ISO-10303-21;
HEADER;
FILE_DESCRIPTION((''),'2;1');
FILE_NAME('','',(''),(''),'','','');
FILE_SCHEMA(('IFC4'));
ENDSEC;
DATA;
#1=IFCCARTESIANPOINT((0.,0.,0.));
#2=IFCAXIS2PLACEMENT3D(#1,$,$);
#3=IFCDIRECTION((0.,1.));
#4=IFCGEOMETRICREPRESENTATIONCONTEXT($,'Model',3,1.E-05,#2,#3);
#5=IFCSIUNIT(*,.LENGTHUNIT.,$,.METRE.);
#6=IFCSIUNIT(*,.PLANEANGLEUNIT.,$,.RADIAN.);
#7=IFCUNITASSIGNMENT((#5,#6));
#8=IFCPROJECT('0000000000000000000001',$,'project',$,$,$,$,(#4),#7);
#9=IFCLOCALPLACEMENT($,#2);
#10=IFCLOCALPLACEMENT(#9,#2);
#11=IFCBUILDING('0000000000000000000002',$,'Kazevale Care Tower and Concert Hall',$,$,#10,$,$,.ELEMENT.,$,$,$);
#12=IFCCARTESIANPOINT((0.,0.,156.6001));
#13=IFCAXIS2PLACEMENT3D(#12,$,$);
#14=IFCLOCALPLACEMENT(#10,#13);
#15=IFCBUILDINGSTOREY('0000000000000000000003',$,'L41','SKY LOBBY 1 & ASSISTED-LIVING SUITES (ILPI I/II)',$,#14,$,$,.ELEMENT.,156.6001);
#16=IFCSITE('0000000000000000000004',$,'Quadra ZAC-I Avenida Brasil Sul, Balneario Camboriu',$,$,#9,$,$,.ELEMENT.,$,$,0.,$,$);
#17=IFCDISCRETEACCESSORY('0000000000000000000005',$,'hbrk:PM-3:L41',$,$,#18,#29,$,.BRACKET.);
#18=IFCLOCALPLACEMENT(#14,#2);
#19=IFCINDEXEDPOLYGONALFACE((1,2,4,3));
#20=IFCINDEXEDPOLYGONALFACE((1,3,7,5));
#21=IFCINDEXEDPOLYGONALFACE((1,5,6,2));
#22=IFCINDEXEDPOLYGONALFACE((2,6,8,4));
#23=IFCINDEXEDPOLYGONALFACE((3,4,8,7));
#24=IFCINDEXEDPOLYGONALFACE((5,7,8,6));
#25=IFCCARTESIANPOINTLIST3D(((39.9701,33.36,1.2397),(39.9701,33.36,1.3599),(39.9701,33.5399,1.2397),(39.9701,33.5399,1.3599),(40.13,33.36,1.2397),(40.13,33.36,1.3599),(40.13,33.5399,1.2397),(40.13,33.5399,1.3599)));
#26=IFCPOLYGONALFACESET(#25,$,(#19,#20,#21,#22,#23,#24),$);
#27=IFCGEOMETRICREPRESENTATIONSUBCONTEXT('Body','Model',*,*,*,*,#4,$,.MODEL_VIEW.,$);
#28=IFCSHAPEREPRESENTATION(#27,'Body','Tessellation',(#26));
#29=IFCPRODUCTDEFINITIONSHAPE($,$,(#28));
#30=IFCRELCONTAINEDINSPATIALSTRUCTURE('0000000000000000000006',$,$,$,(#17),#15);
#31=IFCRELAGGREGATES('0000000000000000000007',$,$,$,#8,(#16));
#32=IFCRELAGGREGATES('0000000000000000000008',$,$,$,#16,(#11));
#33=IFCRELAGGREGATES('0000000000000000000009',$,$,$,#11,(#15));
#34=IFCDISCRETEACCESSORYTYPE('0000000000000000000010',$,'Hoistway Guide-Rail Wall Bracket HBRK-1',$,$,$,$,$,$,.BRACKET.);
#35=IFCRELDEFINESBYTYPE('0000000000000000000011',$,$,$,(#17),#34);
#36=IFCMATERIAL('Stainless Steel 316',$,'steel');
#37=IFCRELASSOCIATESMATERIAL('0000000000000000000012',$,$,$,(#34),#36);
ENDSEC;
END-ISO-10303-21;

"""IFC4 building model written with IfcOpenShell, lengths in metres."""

from ifc_helpers import new_model, si_unit, direction, frame, origin, origin_2d, place, context, subcontext, project, spatial, rectangle, extrude, material, type_object, element, save


model = new_model("IFC4")

# Units and contexts
model_context = context("Model", 3, precision=1e-05, world=origin(), true_north=direction((0.0, 1.0)))
body_context = subcontext(model_context, "Body", "Model", "MODEL_VIEW")
ifc_project = project(units=[si_unit("LENGTHUNIT", "METRE"), si_unit("PLANEANGLEUNIT", "RADIAN")], contexts=[model_context])

# Site, building, storey
site_placement = place(None, origin())
site = spatial("IfcSite", under=ifc_project, at=site_placement, Name="Quadra ZAC-I Avenida Brasil Sul, Balneario Camboriu", CompositionType="ELEMENT", RefElevation=0.0)
building_placement = place(site_placement, origin())
building = spatial("IfcBuilding", under=site, at=building_placement, Name="Kazevale Care Tower and Concert Hall", CompositionType="ELEMENT")
storey_placement = place(building_placement, frame((0.0, 0.0, 156.6001)))
storey = spatial("IfcBuildingStorey", under=building, at=storey_placement, Name="L41", Description="SKY LOBBY 1 & ASSISTED-LIVING SUITES (ILPI I/II)", CompositionType="ELEMENT", Elevation=156.6001)

# Discrete accessory
ifc_material_1 = material(Name="Stainless Steel 316", Category="steel")
discrete_accessory_type = type_object("IfcDiscreteAccessoryType", Name="Hoistway Guide-Rail Wall Bracket HBRK-1", PredefinedType="BRACKET", material=ifc_material_1)
for number, where, z_axis, x_axis, name in (
    (1, (40.05, 33.45, 1.2397), (0.0, 0.0, 1.0), (1.0, 0.0, 0.0), "hbrk:PM-3:L41"),
):
    element("IfcDiscreteAccessory", number, at=place(storey_placement, frame(where, z_axis=z_axis, x_axis=x_axis)), inside=storey, type_object=discrete_accessory_type, Name=name, PredefinedType="BRACKET", context=body_context, shape_type="SweptSolid", body=[
        extrude(rectangle(XDim=0.1599, YDim=0.1799, at=origin_2d()), origin(), (0.0, 0.0, 1.0), 0.1201),
    ])

save(model, "model.ifc")
